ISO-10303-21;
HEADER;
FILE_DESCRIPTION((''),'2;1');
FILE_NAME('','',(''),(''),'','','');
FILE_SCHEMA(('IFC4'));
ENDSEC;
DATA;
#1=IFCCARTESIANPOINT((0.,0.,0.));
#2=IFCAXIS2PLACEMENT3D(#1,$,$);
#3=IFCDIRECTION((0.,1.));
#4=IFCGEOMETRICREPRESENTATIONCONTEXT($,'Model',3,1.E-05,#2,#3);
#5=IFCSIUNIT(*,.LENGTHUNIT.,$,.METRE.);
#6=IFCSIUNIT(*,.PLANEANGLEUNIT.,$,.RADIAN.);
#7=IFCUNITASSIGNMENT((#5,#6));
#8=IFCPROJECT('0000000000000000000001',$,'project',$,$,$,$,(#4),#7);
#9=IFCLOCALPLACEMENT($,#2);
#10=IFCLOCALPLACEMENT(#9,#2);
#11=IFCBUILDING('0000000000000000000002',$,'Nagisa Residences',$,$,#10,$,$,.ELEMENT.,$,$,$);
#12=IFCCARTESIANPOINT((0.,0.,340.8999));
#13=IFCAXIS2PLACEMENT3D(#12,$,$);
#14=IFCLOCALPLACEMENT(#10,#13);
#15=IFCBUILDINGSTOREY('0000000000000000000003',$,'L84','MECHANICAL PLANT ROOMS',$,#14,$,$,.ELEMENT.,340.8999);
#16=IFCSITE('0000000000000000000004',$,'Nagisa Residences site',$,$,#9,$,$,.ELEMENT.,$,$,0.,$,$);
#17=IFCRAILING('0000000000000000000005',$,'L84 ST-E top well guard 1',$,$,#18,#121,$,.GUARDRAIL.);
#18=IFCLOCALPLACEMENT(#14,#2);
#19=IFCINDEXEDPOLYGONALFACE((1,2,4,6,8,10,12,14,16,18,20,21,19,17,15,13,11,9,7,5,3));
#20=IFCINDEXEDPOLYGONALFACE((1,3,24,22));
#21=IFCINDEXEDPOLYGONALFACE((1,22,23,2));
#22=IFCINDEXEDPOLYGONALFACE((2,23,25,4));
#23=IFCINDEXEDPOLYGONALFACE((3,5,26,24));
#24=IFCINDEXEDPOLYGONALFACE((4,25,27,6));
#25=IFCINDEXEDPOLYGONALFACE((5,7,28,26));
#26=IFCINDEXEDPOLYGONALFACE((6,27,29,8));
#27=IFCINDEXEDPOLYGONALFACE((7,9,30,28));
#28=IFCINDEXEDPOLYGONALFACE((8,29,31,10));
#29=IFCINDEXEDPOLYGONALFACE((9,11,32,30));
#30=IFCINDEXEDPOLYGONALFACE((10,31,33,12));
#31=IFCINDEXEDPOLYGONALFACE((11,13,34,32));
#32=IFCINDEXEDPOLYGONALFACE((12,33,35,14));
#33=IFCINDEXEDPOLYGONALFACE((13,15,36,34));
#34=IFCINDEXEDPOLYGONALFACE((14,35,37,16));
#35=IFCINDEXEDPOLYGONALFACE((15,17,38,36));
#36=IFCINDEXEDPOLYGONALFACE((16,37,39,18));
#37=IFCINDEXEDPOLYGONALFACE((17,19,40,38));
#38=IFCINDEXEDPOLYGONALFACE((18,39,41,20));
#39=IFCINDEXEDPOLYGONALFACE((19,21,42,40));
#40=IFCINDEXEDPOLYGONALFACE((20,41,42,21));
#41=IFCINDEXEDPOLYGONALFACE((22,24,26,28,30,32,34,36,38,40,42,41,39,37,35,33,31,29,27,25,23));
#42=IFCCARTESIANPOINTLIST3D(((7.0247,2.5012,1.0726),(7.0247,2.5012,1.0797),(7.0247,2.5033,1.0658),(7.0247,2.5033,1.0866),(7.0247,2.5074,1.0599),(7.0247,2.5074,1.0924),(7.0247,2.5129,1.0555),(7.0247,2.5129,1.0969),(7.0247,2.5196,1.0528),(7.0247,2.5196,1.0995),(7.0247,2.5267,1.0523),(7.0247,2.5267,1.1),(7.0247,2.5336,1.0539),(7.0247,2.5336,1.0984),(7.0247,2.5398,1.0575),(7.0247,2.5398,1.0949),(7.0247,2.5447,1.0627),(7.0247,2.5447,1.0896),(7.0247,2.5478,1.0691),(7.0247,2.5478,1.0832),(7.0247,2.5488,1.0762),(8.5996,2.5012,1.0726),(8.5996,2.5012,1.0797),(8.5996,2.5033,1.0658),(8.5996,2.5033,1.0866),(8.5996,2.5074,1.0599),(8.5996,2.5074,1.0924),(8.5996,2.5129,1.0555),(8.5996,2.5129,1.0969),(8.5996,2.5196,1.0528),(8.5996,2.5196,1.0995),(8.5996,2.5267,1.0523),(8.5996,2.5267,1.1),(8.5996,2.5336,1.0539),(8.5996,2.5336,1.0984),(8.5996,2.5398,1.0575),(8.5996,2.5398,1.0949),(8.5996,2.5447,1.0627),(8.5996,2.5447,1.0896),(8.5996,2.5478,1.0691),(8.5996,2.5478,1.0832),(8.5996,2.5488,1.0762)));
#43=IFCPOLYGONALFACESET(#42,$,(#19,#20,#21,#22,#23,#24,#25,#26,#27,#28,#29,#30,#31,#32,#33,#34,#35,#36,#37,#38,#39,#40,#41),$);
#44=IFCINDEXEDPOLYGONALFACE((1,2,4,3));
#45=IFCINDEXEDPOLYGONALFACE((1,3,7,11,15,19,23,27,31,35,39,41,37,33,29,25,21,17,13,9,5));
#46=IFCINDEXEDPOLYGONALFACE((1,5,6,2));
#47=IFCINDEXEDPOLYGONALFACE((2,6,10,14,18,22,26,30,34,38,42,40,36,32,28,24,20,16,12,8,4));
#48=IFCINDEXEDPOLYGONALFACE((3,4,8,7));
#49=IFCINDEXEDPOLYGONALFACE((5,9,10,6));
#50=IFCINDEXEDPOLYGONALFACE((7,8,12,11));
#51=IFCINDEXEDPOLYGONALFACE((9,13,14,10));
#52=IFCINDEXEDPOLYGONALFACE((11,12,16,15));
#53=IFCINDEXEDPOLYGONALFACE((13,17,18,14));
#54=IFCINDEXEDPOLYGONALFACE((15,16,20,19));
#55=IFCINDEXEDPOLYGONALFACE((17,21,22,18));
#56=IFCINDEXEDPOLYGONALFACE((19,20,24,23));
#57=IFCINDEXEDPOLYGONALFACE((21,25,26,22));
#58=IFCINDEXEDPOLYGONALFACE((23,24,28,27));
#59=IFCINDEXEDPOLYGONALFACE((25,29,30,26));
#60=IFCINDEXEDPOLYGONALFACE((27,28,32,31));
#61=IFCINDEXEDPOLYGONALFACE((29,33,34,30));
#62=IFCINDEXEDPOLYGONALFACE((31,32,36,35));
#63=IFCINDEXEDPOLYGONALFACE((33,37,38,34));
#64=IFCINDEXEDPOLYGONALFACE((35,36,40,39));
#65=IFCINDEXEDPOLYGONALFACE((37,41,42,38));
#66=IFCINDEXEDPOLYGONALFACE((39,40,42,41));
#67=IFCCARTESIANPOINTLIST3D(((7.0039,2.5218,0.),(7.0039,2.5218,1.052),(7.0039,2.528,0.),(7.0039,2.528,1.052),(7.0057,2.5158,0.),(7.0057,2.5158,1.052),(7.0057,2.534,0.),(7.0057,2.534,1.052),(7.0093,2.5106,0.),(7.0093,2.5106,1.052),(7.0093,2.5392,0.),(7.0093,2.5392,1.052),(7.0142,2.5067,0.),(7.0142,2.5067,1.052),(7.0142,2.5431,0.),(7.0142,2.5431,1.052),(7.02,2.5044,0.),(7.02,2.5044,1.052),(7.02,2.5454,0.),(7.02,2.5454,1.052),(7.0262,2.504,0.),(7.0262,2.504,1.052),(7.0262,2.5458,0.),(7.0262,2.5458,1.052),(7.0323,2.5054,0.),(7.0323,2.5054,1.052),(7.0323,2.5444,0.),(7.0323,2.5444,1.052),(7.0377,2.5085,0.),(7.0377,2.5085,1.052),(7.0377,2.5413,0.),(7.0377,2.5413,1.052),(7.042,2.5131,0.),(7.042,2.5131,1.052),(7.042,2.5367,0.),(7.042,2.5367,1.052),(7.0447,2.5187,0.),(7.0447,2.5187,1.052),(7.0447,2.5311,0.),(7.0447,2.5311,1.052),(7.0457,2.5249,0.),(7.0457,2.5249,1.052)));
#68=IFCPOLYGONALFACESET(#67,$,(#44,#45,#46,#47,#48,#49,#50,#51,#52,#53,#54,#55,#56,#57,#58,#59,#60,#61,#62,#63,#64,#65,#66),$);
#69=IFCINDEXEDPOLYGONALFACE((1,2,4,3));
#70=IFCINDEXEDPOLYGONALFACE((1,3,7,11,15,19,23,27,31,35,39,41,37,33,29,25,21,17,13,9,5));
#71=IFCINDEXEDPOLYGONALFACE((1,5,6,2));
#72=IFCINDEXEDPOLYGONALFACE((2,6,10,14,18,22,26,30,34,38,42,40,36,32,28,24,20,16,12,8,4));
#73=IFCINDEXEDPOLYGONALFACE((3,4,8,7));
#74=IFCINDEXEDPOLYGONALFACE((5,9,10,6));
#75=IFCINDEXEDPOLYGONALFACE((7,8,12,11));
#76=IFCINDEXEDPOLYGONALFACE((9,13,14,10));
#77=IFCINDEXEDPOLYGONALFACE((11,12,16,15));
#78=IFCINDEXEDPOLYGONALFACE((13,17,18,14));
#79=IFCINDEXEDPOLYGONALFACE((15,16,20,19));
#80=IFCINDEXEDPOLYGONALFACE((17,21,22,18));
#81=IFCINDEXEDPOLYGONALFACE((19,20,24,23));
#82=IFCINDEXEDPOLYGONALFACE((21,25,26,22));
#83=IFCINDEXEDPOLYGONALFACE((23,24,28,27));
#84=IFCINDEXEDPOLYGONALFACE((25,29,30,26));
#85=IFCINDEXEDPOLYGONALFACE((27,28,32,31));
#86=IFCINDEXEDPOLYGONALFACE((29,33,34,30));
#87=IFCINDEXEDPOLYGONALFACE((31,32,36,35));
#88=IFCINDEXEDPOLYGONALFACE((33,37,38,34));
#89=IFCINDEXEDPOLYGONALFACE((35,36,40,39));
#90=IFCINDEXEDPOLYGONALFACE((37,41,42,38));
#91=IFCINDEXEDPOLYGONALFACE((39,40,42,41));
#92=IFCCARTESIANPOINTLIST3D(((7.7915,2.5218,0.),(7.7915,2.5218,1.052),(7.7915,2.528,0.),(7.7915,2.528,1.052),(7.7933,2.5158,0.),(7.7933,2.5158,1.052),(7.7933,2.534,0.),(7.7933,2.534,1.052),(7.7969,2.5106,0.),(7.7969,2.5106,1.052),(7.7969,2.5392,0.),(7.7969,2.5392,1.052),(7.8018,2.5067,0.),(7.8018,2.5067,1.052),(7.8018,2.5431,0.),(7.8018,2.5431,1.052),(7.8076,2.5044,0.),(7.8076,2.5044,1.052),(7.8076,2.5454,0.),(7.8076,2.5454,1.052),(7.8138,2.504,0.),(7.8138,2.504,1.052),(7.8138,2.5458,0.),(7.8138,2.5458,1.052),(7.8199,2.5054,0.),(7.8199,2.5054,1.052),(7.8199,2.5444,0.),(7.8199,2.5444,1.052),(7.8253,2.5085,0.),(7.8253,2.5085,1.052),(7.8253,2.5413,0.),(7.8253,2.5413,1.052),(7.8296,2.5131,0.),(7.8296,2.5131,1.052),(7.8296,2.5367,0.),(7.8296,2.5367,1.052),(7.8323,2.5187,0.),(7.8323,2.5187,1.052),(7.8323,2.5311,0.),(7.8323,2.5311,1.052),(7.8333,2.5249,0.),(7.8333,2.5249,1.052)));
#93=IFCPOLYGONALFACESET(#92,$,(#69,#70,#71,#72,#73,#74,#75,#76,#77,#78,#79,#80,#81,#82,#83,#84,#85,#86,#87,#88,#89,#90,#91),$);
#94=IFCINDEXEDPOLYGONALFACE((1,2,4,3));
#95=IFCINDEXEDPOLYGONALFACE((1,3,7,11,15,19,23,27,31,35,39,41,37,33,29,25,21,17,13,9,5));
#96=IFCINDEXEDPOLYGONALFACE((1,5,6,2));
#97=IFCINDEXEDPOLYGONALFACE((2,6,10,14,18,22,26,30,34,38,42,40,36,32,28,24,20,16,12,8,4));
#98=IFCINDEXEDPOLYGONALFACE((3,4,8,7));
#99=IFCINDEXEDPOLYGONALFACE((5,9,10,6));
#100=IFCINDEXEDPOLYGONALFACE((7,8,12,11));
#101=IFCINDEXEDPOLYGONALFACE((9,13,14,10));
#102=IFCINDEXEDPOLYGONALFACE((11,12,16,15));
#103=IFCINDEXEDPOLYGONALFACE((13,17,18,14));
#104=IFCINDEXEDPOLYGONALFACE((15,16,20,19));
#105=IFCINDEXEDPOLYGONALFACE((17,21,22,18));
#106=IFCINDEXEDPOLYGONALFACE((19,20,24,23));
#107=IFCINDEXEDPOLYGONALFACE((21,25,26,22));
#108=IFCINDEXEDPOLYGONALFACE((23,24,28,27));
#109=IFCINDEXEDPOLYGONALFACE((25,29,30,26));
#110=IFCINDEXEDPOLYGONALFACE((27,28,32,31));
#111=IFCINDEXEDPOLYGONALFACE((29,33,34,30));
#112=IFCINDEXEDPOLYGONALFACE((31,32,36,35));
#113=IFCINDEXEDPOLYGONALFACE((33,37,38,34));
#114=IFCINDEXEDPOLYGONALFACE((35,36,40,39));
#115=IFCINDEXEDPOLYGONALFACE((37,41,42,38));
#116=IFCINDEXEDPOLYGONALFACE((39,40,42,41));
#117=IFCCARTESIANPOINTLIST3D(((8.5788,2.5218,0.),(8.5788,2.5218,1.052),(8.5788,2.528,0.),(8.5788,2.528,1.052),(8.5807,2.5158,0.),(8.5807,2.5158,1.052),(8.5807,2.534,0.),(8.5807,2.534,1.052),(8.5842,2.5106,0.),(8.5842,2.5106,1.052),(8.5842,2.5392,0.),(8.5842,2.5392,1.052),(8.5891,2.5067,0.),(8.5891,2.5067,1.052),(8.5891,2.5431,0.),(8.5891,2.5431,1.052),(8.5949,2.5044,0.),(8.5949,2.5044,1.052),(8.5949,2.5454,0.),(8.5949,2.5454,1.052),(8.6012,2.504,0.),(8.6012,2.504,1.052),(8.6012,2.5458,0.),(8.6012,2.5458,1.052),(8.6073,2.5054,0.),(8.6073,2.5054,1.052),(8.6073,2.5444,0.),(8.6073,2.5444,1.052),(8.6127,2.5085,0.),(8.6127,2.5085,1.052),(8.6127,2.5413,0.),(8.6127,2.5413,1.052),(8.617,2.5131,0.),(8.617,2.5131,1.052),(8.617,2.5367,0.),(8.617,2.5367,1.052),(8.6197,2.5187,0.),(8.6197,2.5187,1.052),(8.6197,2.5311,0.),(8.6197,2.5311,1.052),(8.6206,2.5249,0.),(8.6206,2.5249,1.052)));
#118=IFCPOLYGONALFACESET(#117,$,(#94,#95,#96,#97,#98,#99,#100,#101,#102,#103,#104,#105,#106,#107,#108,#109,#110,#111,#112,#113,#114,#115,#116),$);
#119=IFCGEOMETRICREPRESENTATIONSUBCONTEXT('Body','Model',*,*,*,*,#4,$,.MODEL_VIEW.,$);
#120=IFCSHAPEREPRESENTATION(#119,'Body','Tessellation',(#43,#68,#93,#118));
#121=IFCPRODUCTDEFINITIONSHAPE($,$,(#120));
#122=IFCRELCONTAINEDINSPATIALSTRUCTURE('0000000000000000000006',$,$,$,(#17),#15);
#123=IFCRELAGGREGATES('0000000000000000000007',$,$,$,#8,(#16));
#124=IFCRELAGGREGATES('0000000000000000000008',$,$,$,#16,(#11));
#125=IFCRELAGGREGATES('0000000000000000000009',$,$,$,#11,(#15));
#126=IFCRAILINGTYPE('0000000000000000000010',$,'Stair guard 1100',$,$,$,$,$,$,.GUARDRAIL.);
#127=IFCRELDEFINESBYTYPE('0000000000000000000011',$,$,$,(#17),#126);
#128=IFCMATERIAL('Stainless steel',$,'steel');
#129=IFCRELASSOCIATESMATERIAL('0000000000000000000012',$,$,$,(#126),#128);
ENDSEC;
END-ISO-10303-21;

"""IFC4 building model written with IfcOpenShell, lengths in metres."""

from ifc_helpers import new_model, si_unit, direction, frame, origin, origin_2d, place, context, subcontext, project, spatial, circle, extrude, material, type_object, element, save


model = new_model("IFC4")

# Units and contexts
model_context = context("Model", 3, precision=1e-05, world=origin(), true_north=direction((0.0, 1.0)))
body_context = subcontext(model_context, "Body", "Model", "MODEL_VIEW")
ifc_project = project(units=[si_unit("LENGTHUNIT", "METRE"), si_unit("PLANEANGLEUNIT", "RADIAN")], contexts=[model_context])

# Site, building, storey
site_placement = place(None, origin())
site = spatial("IfcSite", under=ifc_project, at=site_placement, Name="Nagisa Residences site", CompositionType="ELEMENT", RefElevation=0.0)
building_placement = place(site_placement, origin())
building = spatial("IfcBuilding", under=site, at=building_placement, Name="Nagisa Residences", CompositionType="ELEMENT")
storey_placement = place(building_placement, frame((0.0, 0.0, 340.8999)))
storey = spatial("IfcBuildingStorey", under=building, at=storey_placement, Name="L84", Description="MECHANICAL PLANT ROOMS", CompositionType="ELEMENT", Elevation=340.8999)

# Railing
ifc_material_1 = material(Name="Stainless steel", Category="steel")
railing_type = type_object("IfcRailingType", Name="Stair guard 1100", PredefinedType="GUARDRAIL", material=ifc_material_1)
railing_1_placement = place(storey_placement, frame((7.0247, 2.5249, 0.0)))
element("IfcRailing", 1, at=railing_1_placement, inside=storey, type_object=railing_type, Name="L84 ST-E top well guard 1", PredefinedType="GUARDRAIL", context=body_context, shape_type="SweptSolid", body=[
    extrude(circle(Radius=0.0239, at=origin_2d()), frame((0.0, 0.0, 1.0762), z_axis=(1.0, 0.0, 0.0), x_axis=(0.0, 1.0, 0.0)), (0.0, 0.0, 1.0), 1.575),
    extrude(circle(Radius=0.021, at=origin_2d()), origin(), (0.0, 0.0, 1.0), 1.052),
    extrude(circle(Radius=0.021, at=origin_2d()), frame((0.7876, 0.0, 0.0)), (0.0, 0.0, 1.0), 1.052),
    extrude(circle(Radius=0.021, at=origin_2d()), frame((1.575, 0.0, 0.0)), (0.0, 0.0, 1.0), 1.052),
])

save(model, "model.ifc")
